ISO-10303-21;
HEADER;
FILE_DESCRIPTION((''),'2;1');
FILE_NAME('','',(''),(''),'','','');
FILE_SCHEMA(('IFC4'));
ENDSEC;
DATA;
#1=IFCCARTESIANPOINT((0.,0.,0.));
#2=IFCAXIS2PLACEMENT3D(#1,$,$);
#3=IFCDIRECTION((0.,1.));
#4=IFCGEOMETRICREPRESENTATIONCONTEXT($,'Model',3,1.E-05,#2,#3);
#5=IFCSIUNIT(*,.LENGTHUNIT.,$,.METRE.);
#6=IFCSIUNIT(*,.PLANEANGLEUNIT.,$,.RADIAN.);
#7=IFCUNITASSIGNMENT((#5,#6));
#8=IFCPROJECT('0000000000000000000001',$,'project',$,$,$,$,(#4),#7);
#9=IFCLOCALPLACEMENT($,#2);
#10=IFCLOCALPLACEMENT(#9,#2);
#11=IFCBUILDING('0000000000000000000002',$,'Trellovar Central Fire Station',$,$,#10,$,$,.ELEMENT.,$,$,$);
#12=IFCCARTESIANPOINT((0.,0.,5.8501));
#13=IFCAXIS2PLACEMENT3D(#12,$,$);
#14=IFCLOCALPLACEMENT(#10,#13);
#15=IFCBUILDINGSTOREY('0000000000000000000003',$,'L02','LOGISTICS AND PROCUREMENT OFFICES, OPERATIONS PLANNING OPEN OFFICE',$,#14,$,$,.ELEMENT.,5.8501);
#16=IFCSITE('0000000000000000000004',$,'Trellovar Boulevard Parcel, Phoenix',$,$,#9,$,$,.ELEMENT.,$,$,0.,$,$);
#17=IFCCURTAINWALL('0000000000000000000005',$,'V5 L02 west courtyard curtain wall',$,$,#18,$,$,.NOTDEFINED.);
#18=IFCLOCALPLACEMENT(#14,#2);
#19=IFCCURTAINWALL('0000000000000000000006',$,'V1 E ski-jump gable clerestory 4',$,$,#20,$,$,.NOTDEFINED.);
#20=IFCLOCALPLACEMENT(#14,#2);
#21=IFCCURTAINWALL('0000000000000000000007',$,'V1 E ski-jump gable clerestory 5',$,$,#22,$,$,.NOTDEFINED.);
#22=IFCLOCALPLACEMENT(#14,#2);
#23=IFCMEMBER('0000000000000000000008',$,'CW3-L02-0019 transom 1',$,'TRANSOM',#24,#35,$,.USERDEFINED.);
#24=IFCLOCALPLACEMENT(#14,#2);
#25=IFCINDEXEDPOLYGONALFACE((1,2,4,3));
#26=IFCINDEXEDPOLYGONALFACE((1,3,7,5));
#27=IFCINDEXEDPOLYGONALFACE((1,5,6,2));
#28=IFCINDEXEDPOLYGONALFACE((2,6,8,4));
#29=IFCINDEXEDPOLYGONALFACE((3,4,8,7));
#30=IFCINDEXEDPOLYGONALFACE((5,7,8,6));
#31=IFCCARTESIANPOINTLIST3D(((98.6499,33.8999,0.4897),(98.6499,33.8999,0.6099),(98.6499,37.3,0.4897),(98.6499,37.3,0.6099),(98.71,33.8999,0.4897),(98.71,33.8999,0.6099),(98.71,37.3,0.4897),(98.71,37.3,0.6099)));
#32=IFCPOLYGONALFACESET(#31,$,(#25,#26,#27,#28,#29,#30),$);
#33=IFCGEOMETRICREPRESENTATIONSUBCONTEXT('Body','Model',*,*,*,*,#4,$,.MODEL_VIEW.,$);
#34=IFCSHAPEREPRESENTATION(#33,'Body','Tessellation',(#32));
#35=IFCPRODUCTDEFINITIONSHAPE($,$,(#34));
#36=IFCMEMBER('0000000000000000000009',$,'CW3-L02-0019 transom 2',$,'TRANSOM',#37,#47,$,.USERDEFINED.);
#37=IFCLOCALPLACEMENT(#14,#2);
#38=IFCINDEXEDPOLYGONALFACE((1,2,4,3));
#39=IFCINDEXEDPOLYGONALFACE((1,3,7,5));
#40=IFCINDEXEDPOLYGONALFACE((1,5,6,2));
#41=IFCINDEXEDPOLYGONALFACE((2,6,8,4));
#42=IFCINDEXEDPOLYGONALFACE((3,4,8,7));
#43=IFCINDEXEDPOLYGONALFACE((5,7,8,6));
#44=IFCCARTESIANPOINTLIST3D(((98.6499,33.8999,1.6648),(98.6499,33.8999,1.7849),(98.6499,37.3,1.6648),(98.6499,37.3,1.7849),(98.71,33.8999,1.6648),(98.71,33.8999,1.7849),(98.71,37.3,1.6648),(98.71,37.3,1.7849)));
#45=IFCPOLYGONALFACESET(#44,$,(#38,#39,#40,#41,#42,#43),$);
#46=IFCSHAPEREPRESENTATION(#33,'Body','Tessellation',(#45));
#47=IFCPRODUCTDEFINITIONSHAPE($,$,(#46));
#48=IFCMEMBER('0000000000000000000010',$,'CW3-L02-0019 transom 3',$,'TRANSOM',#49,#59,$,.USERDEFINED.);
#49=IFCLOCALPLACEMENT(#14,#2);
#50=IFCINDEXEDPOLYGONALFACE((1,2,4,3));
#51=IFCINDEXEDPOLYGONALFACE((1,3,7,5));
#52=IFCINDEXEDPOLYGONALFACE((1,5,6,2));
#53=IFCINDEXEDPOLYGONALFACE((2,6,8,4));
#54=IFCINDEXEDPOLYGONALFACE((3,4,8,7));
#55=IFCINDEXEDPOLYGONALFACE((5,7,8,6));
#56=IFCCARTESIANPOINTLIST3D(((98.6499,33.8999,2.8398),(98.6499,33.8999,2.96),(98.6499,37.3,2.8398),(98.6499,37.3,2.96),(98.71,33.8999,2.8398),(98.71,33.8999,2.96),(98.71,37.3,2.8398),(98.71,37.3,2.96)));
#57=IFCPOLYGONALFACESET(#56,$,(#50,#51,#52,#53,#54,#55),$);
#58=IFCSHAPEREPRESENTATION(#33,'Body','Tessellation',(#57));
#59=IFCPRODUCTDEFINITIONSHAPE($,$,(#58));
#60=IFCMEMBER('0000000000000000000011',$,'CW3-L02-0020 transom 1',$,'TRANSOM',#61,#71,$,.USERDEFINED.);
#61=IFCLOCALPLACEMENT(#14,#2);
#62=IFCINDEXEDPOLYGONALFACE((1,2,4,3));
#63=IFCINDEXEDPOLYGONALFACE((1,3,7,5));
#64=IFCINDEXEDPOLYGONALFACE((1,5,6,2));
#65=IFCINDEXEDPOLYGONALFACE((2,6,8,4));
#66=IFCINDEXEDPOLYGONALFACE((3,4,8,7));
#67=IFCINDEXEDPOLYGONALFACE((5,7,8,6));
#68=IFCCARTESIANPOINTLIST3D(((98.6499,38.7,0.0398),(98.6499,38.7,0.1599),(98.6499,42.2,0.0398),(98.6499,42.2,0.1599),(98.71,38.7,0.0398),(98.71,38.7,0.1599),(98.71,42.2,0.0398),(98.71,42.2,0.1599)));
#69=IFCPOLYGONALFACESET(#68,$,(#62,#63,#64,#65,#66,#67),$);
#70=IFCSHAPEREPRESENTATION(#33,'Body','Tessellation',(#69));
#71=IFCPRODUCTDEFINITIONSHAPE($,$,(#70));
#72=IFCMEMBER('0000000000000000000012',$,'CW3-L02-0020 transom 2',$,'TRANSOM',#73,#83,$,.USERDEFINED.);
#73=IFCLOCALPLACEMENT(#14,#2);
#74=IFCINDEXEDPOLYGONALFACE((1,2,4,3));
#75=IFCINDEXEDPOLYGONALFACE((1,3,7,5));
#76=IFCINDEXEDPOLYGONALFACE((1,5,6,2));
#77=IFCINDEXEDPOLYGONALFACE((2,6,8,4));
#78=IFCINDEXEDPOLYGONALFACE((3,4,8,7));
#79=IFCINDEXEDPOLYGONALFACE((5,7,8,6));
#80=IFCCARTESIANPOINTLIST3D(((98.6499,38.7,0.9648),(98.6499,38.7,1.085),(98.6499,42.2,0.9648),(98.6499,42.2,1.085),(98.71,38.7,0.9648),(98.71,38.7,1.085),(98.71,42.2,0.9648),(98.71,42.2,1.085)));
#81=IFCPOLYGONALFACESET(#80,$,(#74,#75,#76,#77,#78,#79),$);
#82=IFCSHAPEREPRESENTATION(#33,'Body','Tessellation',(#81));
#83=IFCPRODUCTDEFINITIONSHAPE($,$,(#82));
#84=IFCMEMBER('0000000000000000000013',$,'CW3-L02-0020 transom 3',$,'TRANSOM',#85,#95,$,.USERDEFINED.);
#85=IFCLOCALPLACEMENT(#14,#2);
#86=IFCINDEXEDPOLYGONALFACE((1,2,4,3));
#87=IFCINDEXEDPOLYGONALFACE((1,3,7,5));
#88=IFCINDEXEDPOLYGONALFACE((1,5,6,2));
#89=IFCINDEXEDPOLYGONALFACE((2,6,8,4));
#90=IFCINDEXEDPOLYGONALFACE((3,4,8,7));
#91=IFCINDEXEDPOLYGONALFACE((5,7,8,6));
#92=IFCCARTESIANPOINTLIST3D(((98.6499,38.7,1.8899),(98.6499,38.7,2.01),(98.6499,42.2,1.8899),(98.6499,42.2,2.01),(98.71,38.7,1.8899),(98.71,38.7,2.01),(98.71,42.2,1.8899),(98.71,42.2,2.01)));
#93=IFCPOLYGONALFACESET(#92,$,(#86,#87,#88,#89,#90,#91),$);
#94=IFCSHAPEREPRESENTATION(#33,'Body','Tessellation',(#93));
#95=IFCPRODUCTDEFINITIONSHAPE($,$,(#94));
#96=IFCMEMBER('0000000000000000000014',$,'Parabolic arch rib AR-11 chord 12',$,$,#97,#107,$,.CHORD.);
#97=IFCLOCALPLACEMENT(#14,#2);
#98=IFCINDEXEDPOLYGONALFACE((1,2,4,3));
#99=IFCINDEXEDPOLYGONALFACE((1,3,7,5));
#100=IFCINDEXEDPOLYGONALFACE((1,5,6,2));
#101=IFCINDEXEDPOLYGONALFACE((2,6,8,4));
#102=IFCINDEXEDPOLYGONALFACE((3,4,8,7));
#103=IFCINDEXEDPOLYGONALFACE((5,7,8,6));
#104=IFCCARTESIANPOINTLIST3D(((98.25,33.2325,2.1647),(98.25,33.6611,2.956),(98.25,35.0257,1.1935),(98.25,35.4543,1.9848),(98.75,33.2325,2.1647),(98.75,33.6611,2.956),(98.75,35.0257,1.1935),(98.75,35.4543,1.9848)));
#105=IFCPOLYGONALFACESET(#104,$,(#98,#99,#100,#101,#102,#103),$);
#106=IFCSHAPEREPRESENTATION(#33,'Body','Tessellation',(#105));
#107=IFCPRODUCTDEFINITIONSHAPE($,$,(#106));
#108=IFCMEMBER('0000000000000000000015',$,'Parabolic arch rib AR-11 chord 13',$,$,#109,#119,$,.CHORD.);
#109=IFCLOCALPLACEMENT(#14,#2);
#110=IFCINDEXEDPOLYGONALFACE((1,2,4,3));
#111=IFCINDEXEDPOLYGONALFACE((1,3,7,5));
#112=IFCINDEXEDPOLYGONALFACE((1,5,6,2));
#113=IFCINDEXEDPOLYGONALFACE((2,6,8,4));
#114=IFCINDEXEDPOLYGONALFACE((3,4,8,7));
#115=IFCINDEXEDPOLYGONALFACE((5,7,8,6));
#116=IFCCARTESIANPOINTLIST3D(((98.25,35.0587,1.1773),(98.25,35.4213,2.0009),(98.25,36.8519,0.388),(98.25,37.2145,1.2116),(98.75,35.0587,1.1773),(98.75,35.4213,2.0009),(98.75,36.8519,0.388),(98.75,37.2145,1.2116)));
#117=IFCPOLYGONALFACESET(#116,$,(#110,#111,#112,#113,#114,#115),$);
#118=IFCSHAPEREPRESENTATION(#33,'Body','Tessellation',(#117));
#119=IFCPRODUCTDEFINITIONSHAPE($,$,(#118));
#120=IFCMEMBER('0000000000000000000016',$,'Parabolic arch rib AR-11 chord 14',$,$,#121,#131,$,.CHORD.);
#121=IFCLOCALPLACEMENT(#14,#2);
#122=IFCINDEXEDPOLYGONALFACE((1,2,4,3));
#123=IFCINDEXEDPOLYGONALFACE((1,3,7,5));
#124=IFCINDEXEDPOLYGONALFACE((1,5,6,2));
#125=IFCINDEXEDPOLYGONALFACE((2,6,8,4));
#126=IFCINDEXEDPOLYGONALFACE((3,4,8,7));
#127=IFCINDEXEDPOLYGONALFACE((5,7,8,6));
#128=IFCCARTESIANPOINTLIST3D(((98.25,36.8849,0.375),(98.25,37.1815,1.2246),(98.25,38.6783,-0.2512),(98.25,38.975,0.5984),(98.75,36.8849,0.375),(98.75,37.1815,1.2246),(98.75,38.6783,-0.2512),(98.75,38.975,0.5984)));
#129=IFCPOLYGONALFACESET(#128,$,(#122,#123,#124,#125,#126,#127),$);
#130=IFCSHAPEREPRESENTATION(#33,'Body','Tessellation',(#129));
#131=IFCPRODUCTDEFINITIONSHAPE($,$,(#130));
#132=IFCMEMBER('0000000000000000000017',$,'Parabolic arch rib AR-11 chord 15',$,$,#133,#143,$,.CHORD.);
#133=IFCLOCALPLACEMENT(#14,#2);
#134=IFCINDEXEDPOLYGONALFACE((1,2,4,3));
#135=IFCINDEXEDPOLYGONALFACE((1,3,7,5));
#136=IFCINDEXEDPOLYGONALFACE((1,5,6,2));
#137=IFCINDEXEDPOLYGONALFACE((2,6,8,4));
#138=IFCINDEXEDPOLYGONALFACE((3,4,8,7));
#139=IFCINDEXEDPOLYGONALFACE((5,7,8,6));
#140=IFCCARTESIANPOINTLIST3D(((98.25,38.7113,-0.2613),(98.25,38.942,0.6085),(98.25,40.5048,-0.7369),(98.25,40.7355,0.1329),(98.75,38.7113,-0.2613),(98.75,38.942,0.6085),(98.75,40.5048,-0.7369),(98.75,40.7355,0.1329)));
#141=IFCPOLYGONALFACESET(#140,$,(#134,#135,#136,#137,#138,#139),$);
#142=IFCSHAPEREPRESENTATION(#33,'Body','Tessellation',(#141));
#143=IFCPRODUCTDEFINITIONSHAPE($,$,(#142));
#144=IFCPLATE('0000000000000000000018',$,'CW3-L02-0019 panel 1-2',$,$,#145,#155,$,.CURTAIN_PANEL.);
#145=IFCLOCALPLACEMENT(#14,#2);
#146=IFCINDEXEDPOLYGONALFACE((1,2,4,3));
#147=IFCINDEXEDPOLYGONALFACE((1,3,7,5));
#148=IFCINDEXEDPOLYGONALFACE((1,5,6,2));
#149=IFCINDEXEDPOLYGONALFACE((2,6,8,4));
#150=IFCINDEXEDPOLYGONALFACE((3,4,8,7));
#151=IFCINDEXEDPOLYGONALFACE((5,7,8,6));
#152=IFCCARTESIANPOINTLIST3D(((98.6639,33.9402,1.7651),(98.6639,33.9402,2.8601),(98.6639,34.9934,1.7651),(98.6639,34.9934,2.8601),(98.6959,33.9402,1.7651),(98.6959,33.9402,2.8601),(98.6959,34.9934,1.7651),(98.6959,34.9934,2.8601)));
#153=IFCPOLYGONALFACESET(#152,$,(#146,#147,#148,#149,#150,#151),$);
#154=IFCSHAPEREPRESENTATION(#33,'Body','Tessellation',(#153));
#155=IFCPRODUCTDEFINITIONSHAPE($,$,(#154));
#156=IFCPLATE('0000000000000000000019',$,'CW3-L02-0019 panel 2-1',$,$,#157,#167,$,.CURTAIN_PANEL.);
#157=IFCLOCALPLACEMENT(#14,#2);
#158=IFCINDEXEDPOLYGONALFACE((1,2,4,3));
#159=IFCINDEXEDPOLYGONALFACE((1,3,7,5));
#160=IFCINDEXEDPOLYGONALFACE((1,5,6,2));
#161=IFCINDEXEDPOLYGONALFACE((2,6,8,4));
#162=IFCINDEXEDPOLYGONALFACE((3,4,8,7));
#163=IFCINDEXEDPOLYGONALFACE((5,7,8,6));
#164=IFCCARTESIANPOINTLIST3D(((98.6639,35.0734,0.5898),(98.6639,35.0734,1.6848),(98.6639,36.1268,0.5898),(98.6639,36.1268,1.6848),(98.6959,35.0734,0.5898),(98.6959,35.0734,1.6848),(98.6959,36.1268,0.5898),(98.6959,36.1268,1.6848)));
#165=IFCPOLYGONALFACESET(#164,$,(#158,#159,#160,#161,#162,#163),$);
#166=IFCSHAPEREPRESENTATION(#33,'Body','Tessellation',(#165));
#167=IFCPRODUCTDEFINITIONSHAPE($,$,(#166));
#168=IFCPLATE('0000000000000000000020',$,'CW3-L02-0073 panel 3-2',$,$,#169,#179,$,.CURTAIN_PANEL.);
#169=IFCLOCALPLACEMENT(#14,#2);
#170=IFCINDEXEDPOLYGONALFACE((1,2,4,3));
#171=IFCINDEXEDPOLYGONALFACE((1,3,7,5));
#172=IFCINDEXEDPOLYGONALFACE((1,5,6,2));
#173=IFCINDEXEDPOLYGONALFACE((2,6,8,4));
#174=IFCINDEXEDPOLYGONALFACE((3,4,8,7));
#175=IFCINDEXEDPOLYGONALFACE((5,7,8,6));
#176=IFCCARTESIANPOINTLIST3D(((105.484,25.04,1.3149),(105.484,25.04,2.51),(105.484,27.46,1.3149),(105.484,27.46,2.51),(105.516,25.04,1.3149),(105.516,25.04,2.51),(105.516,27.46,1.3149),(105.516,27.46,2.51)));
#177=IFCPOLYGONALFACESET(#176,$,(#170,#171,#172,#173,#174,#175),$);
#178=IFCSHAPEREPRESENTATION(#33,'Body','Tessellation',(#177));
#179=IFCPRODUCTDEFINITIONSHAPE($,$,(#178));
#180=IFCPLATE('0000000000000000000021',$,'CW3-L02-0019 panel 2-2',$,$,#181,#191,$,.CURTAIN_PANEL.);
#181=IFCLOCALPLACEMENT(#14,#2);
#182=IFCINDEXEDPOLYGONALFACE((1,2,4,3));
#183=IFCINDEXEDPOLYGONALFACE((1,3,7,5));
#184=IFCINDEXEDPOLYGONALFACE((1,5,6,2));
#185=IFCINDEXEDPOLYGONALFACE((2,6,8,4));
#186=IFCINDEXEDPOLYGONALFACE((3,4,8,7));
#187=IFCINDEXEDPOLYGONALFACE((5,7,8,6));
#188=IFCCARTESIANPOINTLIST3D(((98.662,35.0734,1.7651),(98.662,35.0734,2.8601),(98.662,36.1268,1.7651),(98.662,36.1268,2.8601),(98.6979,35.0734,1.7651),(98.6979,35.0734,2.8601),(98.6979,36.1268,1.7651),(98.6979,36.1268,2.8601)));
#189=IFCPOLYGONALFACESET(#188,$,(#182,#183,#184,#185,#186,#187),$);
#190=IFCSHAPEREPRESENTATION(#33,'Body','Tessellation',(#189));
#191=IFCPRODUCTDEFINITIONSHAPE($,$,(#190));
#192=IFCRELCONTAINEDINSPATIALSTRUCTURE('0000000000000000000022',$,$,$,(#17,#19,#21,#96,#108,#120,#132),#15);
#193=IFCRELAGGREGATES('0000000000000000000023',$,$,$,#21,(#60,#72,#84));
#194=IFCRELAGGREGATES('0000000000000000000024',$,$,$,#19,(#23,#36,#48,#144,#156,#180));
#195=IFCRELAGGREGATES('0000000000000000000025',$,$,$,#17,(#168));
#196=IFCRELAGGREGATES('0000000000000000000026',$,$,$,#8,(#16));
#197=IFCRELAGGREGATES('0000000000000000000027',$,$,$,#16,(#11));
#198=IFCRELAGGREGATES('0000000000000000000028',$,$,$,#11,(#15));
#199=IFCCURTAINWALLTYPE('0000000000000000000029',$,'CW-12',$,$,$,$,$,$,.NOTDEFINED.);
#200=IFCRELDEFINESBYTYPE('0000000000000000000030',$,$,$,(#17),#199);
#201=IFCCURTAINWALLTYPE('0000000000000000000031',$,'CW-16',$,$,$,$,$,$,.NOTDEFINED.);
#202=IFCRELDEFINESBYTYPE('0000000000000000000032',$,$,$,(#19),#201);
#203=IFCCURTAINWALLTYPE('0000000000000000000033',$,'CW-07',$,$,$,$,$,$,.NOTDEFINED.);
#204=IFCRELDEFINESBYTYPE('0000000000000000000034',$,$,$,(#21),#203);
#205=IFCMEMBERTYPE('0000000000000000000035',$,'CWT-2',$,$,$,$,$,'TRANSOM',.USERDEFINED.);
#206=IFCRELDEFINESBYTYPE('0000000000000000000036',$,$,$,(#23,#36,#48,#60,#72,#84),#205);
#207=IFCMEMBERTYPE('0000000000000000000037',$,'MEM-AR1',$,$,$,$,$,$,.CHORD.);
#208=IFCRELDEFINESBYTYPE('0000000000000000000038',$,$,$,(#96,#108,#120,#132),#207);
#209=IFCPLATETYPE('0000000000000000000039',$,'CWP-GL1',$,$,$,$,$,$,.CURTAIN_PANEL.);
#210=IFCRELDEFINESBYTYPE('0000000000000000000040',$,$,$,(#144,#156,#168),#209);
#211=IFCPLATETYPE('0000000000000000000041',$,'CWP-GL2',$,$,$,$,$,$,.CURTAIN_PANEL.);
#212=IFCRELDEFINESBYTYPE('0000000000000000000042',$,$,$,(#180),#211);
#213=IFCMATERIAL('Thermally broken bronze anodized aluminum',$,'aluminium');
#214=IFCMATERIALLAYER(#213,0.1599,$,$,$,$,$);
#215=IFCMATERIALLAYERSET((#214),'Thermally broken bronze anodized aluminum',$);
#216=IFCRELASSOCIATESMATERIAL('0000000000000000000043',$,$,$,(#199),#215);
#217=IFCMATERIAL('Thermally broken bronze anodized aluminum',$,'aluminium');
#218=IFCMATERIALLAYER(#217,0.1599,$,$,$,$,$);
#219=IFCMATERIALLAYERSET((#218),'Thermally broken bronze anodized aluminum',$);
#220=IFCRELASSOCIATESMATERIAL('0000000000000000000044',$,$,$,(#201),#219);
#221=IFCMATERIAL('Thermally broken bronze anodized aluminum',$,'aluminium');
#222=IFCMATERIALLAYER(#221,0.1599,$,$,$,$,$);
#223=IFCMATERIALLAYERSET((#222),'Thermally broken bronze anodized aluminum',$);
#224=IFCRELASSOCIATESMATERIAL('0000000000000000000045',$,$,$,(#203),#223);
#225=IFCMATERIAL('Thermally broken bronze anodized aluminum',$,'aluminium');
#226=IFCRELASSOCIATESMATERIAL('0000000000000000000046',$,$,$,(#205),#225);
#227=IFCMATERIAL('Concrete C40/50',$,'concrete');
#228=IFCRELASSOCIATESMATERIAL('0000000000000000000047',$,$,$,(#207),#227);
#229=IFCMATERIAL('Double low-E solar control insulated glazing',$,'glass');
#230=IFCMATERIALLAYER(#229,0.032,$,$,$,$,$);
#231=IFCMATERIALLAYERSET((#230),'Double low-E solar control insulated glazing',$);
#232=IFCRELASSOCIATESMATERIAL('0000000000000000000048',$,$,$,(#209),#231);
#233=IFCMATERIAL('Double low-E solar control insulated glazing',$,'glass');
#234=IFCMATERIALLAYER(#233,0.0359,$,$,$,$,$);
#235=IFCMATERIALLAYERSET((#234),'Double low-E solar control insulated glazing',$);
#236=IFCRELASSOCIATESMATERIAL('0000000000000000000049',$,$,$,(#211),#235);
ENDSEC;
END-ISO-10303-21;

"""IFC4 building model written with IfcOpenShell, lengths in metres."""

from ifc_helpers import new_model, si_unit, direction, frame, origin, origin_2d, place, context, subcontext, project, spatial, rectangle, extrude, material, layer, layer_set, material_profile, profile_set, type_object, element, aggregate, save


model = new_model("IFC4")

# Units and contexts
model_context = context("Model", 3, precision=1e-05, world=origin(), true_north=direction((0.0, 1.0)))
body_context = subcontext(model_context, "Body", "Model", "MODEL_VIEW")
ifc_project = project(units=[si_unit("LENGTHUNIT", "METRE"), si_unit("PLANEANGLEUNIT", "RADIAN")], contexts=[model_context])

# Site, building, storey
site_placement = place(None, origin())
site = spatial("IfcSite", under=ifc_project, at=site_placement, Name="Trellovar Boulevard Parcel, Phoenix", CompositionType="ELEMENT", RefElevation=0.0)
building_placement = place(site_placement, origin())
building = spatial("IfcBuilding", under=site, at=building_placement, Name="Trellovar Central Fire Station", CompositionType="ELEMENT")
storey_placement = place(building_placement, frame((0.0, 0.0, 5.8501)))
storey = spatial("IfcBuildingStorey", under=building, at=storey_placement, Name="L02", Description="LOGISTICS AND PROCUREMENT OFFICES, OPERATIONS PLANNING OPEN OFFICE", CompositionType="ELEMENT", Elevation=5.8501)

# Curtain walls
ifc_material_1 = material(Name="Thermally broken bronze anodized aluminum", Category="aluminium")
ifc_layer_1 = layer(ifc_material_1, 0.1599)
ifc_layer_set_1 = layer_set([ifc_layer_1], Name="Thermally broken bronze anodized aluminum")
curtain_wall_type_1 = type_object("IfcCurtainWallType", Name="CW-12", PredefinedType="NOTDEFINED", material=ifc_layer_set_1)
curtain_wall_1_placement = place(storey_placement, origin())
curtain_wall_1 = element("IfcCurtainWall", 1, at=curtain_wall_1_placement, inside=storey, type_object=curtain_wall_type_1, Name="V5 L02 west courtyard curtain wall", PredefinedType="NOTDEFINED")
ifc_material_2 = material(Name="Thermally broken bronze anodized aluminum", Category="aluminium")
ifc_layer_2 = layer(ifc_material_2, 0.1599)
ifc_layer_set_2 = layer_set([ifc_layer_2], Name="Thermally broken bronze anodized aluminum")
curtain_wall_type_2 = type_object("IfcCurtainWallType", Name="CW-16", PredefinedType="NOTDEFINED", material=ifc_layer_set_2)
curtain_wall_2_placement = place(storey_placement, origin())
curtain_wall_2 = element("IfcCurtainWall", 2, at=curtain_wall_2_placement, inside=storey, type_object=curtain_wall_type_2, Name="V1 E ski-jump gable clerestory 4", PredefinedType="NOTDEFINED")

# Curtain wall
ifc_material_3 = material(Name="Thermally broken bronze anodized aluminum", Category="aluminium")
ifc_layer_3 = layer(ifc_material_3, 0.1599)
ifc_layer_set_3 = layer_set([ifc_layer_3], Name="Thermally broken bronze anodized aluminum")
curtain_wall_type_3 = type_object("IfcCurtainWallType", Name="CW-07", PredefinedType="NOTDEFINED", material=ifc_layer_set_3)
curtain_wall_3_placement = place(storey_placement, origin())
curtain_wall_3 = element("IfcCurtainWall", 3, at=curtain_wall_3_placement, inside=storey, type_object=curtain_wall_type_3, Name="V1 E ski-jump gable clerestory 5", PredefinedType="NOTDEFINED")

# Members
ifc_material_4 = material(Name="Thermally broken bronze anodized aluminum", Category="aluminium")
ifc_material_profile_1 = material_profile(ifc_material_4, rectangle(XDim=0.0601, YDim=0.1201, at=origin_2d()), Name="ALU60X120")
ifc_profile_set_1 = profile_set([ifc_material_profile_1], Name="Thermally broken bronze anodized aluminum")
member_type_1 = type_object("IfcMemberType", Name="CWT-2", ElementType="TRANSOM", PredefinedType="USERDEFINED", material=ifc_profile_set_1)
member_1_placement = place(storey_placement, frame((98.6799, 33.8999, 0.5498), z_axis=(0.0, 1.0, 0.0), x_axis=(-1.0, 0.0, 0.0)))
member_1 = element("IfcMember", 4, at=member_1_placement, type_object=member_type_1, Name="CW3-L02-0019 transom 1", ObjectType="TRANSOM", PredefinedType="USERDEFINED", context=body_context, shape_type="SweptSolid", body=[
    extrude(rectangle(XDim=0.0601, YDim=0.1201, at=origin_2d()), origin(), (0.0, 0.0, 1.0), 3.4001),
])
member_2_placement = place(storey_placement, frame((98.6799, 33.8999, 1.7249), z_axis=(0.0, 1.0, 0.0), x_axis=(-1.0, 0.0, 0.0)))
member_2 = element("IfcMember", 5, at=member_2_placement, type_object=member_type_1, Name="CW3-L02-0019 transom 2", ObjectType="TRANSOM", PredefinedType="USERDEFINED", context=body_context, shape_type="SweptSolid", body=[
    extrude(rectangle(XDim=0.0601, YDim=0.1201, at=origin_2d()), origin(), (0.0, 0.0, 1.0), 3.4001),
])
member_3_placement = place(storey_placement, frame((98.6799, 33.8999, 2.8999), z_axis=(0.0, 1.0, 0.0), x_axis=(-1.0, 0.0, 0.0)))
member_3 = element("IfcMember", 6, at=member_3_placement, type_object=member_type_1, Name="CW3-L02-0019 transom 3", ObjectType="TRANSOM", PredefinedType="USERDEFINED", context=body_context, shape_type="SweptSolid", body=[
    extrude(rectangle(XDim=0.0601, YDim=0.1201, at=origin_2d()), origin(), (0.0, 0.0, 1.0), 3.4001),
])
member_4_placement = place(storey_placement, frame((98.6799, 38.7, 0.0999), z_axis=(0.0, 1.0, 0.0), x_axis=(-1.0, 0.0, 0.0)))
member_4 = element("IfcMember", 7, at=member_4_placement, type_object=member_type_1, Name="CW3-L02-0020 transom 1", ObjectType="TRANSOM", PredefinedType="USERDEFINED", context=body_context, shape_type="SweptSolid", body=[
    extrude(rectangle(XDim=0.0601, YDim=0.1201, at=origin_2d()), origin(), (0.0, 0.0, 1.0), 3.5),
])
member_5_placement = place(storey_placement, frame((98.6799, 38.7, 1.0249), z_axis=(0.0, 1.0, 0.0), x_axis=(-1.0, 0.0, 0.0)))
member_5 = element("IfcMember", 8, at=member_5_placement, type_object=member_type_1, Name="CW3-L02-0020 transom 2", ObjectType="TRANSOM", PredefinedType="USERDEFINED", context=body_context, shape_type="SweptSolid", body=[
    extrude(rectangle(XDim=0.0601, YDim=0.1201, at=origin_2d()), origin(), (0.0, 0.0, 1.0), 3.5),
])
member_6_placement = place(storey_placement, frame((98.6799, 38.7, 1.95), z_axis=(0.0, 1.0, 0.0), x_axis=(-1.0, 0.0, 0.0)))
member_6 = element("IfcMember", 9, at=member_6_placement, type_object=member_type_1, Name="CW3-L02-0020 transom 3", ObjectType="TRANSOM", PredefinedType="USERDEFINED", context=body_context, shape_type="SweptSolid", body=[
    extrude(rectangle(XDim=0.0601, YDim=0.1201, at=origin_2d()), origin(), (0.0, 0.0, 1.0), 3.5),
])
aggregate(curtain_wall_3, [member_4, member_5, member_6])

# Members
ifc_material_5 = material(Name="Concrete C40/50", Category="concrete")
ifc_material_profile_2 = material_profile(ifc_material_5, rectangle(XDim=0.5, YDim=0.8999, at=origin_2d()), Name="RC500X900")
ifc_profile_set_2 = profile_set([ifc_material_profile_2], Name="Concrete C40/50")
member_type_2 = type_object("IfcMemberType", Name="MEM-AR1", PredefinedType="CHORD", material=ifc_profile_set_2)
member_7_placement = place(storey_placement, frame((98.5, 33.4468, 2.5603), z_axis=(0.0, 0.879319, -0.476233), x_axis=(-1.0, 0.0, 0.0)))
element("IfcMember", 10, at=member_7_placement, inside=storey, type_object=member_type_2, Name="Parabolic arch rib AR-11 chord 12", PredefinedType="CHORD", context=body_context, shape_type="SweptSolid", body=[
    extrude(rectangle(XDim=0.5, YDim=0.8999, at=origin_2d()), origin(), (0.0, 0.0, 1.0), 2.0393),
])
member_8_placement = place(storey_placement, frame((98.5, 35.24, 1.5891), z_axis=(0.0, 0.91526, -0.402864), x_axis=(-1.0, 0.0, 0.0)))
element("IfcMember", 11, at=member_8_placement, inside=storey, type_object=member_type_2, Name="Parabolic arch rib AR-11 chord 13", PredefinedType="CHORD", context=body_context, shape_type="SweptSolid", body=[
    extrude(rectangle(XDim=0.5, YDim=0.8999, at=origin_2d()), origin(), (0.0, 0.0, 1.0), 1.9592),
])
member_9_placement = place(storey_placement, frame((98.5, 37.0332, 0.7998), z_axis=(0.0, 0.944103, -0.329652), x_axis=(-1.0, 0.0, 0.0)))
element("IfcMember", 12, at=member_9_placement, inside=storey, type_object=member_type_2, Name="Parabolic arch rib AR-11 chord 14", PredefinedType="CHORD", context=body_context, shape_type="SweptSolid", body=[
    extrude(rectangle(XDim=0.5, YDim=0.8999, at=origin_2d()), origin(), (0.0, 0.0, 1.0), 1.8997),
])
member_10_placement = place(storey_placement, frame((98.5, 38.8267, 0.1736), z_axis=(0.0, 0.966592, -0.256319), x_axis=(-1.0, 0.0, 0.0)))
element("IfcMember", 13, at=member_10_placement, inside=storey, type_object=member_type_2, Name="Parabolic arch rib AR-11 chord 15", PredefinedType="CHORD", context=body_context, shape_type="SweptSolid", body=[
    extrude(rectangle(XDim=0.5, YDim=0.8999, at=origin_2d()), origin(), (0.0, 0.0, 1.0), 1.8555),
])

# Plates
ifc_material_6 = material(Name="Double low-E solar control insulated glazing", Category="glass")
ifc_layer_4 = layer(ifc_material_6, 0.032)
ifc_layer_set_4 = layer_set([ifc_layer_4], Name="Double low-E solar control insulated glazing")
plate_type_1 = type_object("IfcPlateType", Name="CWP-GL1", PredefinedType="CURTAIN_PANEL", material=ifc_layer_set_4)
plate_1_placement = place(storey_placement, frame((98.6799, 34.4668, 1.7651), z_axis=(0.0, 0.0, 1.0), x_axis=(0.0, 1.0, 0.0)))
plate_1 = element("IfcPlate", 14, at=plate_1_placement, type_object=plate_type_1, Name="CW3-L02-0019 panel 1-2", PredefinedType="CURTAIN_PANEL", context=body_context, shape_type="SweptSolid", body=[
    extrude(rectangle(XDim=1.0532, YDim=0.032, at=origin_2d()), origin(), (0.0, 0.0, 1.0), 1.095),
])
plate_2_placement = place(storey_placement, frame((98.6799, 35.6001, 0.5898), z_axis=(0.0, 0.0, 1.0), x_axis=(0.0, 1.0, 0.0)))
plate_2 = element("IfcPlate", 15, at=plate_2_placement, type_object=plate_type_1, Name="CW3-L02-0019 panel 2-1", PredefinedType="CURTAIN_PANEL", context=body_context, shape_type="SweptSolid", body=[
    extrude(rectangle(XDim=1.0535, YDim=0.032, at=origin_2d()), origin(), (0.0, 0.0, 1.0), 1.095),
])
plate_3_placement = place(storey_placement, frame((105.5, 26.25, 1.3149), z_axis=(0.0, 0.0, 1.0), x_axis=(0.0, -1.0, 0.0)))
plate_3 = element("IfcPlate", 16, at=plate_3_placement, type_object=plate_type_1, Name="CW3-L02-0073 panel 3-2", PredefinedType="CURTAIN_PANEL", context=body_context, shape_type="SweptSolid", body=[
    extrude(rectangle(XDim=2.4199, YDim=0.032, at=origin_2d()), origin(), (0.0, 0.0, 1.0), 1.1951),
])
ifc_material_7 = material(Name="Double low-E solar control insulated glazing", Category="glass")
ifc_layer_5 = layer(ifc_material_7, 0.0359)
ifc_layer_set_5 = layer_set([ifc_layer_5], Name="Double low-E solar control insulated glazing")
plate_type_2 = type_object("IfcPlateType", Name="CWP-GL2", PredefinedType="CURTAIN_PANEL", material=ifc_layer_set_5)
plate_4_placement = place(storey_placement, frame((98.6799, 35.6001, 1.7651), z_axis=(0.0, 0.0, 1.0), x_axis=(0.0, 1.0, 0.0)))
plate_4 = element("IfcPlate", 17, at=plate_4_placement, type_object=plate_type_2, Name="CW3-L02-0019 panel 2-2", PredefinedType="CURTAIN_PANEL", context=body_context, shape_type="SweptSolid", body=[
    extrude(rectangle(XDim=1.0535, YDim=0.0359, at=origin_2d()), origin(), (0.0, 0.0, 1.0), 1.095),
])
aggregate(curtain_wall_2, [member_1, member_2, member_3, plate_1, plate_2, plate_4])
aggregate(curtain_wall_1, [plate_3])

save(model, "model.ifc")
